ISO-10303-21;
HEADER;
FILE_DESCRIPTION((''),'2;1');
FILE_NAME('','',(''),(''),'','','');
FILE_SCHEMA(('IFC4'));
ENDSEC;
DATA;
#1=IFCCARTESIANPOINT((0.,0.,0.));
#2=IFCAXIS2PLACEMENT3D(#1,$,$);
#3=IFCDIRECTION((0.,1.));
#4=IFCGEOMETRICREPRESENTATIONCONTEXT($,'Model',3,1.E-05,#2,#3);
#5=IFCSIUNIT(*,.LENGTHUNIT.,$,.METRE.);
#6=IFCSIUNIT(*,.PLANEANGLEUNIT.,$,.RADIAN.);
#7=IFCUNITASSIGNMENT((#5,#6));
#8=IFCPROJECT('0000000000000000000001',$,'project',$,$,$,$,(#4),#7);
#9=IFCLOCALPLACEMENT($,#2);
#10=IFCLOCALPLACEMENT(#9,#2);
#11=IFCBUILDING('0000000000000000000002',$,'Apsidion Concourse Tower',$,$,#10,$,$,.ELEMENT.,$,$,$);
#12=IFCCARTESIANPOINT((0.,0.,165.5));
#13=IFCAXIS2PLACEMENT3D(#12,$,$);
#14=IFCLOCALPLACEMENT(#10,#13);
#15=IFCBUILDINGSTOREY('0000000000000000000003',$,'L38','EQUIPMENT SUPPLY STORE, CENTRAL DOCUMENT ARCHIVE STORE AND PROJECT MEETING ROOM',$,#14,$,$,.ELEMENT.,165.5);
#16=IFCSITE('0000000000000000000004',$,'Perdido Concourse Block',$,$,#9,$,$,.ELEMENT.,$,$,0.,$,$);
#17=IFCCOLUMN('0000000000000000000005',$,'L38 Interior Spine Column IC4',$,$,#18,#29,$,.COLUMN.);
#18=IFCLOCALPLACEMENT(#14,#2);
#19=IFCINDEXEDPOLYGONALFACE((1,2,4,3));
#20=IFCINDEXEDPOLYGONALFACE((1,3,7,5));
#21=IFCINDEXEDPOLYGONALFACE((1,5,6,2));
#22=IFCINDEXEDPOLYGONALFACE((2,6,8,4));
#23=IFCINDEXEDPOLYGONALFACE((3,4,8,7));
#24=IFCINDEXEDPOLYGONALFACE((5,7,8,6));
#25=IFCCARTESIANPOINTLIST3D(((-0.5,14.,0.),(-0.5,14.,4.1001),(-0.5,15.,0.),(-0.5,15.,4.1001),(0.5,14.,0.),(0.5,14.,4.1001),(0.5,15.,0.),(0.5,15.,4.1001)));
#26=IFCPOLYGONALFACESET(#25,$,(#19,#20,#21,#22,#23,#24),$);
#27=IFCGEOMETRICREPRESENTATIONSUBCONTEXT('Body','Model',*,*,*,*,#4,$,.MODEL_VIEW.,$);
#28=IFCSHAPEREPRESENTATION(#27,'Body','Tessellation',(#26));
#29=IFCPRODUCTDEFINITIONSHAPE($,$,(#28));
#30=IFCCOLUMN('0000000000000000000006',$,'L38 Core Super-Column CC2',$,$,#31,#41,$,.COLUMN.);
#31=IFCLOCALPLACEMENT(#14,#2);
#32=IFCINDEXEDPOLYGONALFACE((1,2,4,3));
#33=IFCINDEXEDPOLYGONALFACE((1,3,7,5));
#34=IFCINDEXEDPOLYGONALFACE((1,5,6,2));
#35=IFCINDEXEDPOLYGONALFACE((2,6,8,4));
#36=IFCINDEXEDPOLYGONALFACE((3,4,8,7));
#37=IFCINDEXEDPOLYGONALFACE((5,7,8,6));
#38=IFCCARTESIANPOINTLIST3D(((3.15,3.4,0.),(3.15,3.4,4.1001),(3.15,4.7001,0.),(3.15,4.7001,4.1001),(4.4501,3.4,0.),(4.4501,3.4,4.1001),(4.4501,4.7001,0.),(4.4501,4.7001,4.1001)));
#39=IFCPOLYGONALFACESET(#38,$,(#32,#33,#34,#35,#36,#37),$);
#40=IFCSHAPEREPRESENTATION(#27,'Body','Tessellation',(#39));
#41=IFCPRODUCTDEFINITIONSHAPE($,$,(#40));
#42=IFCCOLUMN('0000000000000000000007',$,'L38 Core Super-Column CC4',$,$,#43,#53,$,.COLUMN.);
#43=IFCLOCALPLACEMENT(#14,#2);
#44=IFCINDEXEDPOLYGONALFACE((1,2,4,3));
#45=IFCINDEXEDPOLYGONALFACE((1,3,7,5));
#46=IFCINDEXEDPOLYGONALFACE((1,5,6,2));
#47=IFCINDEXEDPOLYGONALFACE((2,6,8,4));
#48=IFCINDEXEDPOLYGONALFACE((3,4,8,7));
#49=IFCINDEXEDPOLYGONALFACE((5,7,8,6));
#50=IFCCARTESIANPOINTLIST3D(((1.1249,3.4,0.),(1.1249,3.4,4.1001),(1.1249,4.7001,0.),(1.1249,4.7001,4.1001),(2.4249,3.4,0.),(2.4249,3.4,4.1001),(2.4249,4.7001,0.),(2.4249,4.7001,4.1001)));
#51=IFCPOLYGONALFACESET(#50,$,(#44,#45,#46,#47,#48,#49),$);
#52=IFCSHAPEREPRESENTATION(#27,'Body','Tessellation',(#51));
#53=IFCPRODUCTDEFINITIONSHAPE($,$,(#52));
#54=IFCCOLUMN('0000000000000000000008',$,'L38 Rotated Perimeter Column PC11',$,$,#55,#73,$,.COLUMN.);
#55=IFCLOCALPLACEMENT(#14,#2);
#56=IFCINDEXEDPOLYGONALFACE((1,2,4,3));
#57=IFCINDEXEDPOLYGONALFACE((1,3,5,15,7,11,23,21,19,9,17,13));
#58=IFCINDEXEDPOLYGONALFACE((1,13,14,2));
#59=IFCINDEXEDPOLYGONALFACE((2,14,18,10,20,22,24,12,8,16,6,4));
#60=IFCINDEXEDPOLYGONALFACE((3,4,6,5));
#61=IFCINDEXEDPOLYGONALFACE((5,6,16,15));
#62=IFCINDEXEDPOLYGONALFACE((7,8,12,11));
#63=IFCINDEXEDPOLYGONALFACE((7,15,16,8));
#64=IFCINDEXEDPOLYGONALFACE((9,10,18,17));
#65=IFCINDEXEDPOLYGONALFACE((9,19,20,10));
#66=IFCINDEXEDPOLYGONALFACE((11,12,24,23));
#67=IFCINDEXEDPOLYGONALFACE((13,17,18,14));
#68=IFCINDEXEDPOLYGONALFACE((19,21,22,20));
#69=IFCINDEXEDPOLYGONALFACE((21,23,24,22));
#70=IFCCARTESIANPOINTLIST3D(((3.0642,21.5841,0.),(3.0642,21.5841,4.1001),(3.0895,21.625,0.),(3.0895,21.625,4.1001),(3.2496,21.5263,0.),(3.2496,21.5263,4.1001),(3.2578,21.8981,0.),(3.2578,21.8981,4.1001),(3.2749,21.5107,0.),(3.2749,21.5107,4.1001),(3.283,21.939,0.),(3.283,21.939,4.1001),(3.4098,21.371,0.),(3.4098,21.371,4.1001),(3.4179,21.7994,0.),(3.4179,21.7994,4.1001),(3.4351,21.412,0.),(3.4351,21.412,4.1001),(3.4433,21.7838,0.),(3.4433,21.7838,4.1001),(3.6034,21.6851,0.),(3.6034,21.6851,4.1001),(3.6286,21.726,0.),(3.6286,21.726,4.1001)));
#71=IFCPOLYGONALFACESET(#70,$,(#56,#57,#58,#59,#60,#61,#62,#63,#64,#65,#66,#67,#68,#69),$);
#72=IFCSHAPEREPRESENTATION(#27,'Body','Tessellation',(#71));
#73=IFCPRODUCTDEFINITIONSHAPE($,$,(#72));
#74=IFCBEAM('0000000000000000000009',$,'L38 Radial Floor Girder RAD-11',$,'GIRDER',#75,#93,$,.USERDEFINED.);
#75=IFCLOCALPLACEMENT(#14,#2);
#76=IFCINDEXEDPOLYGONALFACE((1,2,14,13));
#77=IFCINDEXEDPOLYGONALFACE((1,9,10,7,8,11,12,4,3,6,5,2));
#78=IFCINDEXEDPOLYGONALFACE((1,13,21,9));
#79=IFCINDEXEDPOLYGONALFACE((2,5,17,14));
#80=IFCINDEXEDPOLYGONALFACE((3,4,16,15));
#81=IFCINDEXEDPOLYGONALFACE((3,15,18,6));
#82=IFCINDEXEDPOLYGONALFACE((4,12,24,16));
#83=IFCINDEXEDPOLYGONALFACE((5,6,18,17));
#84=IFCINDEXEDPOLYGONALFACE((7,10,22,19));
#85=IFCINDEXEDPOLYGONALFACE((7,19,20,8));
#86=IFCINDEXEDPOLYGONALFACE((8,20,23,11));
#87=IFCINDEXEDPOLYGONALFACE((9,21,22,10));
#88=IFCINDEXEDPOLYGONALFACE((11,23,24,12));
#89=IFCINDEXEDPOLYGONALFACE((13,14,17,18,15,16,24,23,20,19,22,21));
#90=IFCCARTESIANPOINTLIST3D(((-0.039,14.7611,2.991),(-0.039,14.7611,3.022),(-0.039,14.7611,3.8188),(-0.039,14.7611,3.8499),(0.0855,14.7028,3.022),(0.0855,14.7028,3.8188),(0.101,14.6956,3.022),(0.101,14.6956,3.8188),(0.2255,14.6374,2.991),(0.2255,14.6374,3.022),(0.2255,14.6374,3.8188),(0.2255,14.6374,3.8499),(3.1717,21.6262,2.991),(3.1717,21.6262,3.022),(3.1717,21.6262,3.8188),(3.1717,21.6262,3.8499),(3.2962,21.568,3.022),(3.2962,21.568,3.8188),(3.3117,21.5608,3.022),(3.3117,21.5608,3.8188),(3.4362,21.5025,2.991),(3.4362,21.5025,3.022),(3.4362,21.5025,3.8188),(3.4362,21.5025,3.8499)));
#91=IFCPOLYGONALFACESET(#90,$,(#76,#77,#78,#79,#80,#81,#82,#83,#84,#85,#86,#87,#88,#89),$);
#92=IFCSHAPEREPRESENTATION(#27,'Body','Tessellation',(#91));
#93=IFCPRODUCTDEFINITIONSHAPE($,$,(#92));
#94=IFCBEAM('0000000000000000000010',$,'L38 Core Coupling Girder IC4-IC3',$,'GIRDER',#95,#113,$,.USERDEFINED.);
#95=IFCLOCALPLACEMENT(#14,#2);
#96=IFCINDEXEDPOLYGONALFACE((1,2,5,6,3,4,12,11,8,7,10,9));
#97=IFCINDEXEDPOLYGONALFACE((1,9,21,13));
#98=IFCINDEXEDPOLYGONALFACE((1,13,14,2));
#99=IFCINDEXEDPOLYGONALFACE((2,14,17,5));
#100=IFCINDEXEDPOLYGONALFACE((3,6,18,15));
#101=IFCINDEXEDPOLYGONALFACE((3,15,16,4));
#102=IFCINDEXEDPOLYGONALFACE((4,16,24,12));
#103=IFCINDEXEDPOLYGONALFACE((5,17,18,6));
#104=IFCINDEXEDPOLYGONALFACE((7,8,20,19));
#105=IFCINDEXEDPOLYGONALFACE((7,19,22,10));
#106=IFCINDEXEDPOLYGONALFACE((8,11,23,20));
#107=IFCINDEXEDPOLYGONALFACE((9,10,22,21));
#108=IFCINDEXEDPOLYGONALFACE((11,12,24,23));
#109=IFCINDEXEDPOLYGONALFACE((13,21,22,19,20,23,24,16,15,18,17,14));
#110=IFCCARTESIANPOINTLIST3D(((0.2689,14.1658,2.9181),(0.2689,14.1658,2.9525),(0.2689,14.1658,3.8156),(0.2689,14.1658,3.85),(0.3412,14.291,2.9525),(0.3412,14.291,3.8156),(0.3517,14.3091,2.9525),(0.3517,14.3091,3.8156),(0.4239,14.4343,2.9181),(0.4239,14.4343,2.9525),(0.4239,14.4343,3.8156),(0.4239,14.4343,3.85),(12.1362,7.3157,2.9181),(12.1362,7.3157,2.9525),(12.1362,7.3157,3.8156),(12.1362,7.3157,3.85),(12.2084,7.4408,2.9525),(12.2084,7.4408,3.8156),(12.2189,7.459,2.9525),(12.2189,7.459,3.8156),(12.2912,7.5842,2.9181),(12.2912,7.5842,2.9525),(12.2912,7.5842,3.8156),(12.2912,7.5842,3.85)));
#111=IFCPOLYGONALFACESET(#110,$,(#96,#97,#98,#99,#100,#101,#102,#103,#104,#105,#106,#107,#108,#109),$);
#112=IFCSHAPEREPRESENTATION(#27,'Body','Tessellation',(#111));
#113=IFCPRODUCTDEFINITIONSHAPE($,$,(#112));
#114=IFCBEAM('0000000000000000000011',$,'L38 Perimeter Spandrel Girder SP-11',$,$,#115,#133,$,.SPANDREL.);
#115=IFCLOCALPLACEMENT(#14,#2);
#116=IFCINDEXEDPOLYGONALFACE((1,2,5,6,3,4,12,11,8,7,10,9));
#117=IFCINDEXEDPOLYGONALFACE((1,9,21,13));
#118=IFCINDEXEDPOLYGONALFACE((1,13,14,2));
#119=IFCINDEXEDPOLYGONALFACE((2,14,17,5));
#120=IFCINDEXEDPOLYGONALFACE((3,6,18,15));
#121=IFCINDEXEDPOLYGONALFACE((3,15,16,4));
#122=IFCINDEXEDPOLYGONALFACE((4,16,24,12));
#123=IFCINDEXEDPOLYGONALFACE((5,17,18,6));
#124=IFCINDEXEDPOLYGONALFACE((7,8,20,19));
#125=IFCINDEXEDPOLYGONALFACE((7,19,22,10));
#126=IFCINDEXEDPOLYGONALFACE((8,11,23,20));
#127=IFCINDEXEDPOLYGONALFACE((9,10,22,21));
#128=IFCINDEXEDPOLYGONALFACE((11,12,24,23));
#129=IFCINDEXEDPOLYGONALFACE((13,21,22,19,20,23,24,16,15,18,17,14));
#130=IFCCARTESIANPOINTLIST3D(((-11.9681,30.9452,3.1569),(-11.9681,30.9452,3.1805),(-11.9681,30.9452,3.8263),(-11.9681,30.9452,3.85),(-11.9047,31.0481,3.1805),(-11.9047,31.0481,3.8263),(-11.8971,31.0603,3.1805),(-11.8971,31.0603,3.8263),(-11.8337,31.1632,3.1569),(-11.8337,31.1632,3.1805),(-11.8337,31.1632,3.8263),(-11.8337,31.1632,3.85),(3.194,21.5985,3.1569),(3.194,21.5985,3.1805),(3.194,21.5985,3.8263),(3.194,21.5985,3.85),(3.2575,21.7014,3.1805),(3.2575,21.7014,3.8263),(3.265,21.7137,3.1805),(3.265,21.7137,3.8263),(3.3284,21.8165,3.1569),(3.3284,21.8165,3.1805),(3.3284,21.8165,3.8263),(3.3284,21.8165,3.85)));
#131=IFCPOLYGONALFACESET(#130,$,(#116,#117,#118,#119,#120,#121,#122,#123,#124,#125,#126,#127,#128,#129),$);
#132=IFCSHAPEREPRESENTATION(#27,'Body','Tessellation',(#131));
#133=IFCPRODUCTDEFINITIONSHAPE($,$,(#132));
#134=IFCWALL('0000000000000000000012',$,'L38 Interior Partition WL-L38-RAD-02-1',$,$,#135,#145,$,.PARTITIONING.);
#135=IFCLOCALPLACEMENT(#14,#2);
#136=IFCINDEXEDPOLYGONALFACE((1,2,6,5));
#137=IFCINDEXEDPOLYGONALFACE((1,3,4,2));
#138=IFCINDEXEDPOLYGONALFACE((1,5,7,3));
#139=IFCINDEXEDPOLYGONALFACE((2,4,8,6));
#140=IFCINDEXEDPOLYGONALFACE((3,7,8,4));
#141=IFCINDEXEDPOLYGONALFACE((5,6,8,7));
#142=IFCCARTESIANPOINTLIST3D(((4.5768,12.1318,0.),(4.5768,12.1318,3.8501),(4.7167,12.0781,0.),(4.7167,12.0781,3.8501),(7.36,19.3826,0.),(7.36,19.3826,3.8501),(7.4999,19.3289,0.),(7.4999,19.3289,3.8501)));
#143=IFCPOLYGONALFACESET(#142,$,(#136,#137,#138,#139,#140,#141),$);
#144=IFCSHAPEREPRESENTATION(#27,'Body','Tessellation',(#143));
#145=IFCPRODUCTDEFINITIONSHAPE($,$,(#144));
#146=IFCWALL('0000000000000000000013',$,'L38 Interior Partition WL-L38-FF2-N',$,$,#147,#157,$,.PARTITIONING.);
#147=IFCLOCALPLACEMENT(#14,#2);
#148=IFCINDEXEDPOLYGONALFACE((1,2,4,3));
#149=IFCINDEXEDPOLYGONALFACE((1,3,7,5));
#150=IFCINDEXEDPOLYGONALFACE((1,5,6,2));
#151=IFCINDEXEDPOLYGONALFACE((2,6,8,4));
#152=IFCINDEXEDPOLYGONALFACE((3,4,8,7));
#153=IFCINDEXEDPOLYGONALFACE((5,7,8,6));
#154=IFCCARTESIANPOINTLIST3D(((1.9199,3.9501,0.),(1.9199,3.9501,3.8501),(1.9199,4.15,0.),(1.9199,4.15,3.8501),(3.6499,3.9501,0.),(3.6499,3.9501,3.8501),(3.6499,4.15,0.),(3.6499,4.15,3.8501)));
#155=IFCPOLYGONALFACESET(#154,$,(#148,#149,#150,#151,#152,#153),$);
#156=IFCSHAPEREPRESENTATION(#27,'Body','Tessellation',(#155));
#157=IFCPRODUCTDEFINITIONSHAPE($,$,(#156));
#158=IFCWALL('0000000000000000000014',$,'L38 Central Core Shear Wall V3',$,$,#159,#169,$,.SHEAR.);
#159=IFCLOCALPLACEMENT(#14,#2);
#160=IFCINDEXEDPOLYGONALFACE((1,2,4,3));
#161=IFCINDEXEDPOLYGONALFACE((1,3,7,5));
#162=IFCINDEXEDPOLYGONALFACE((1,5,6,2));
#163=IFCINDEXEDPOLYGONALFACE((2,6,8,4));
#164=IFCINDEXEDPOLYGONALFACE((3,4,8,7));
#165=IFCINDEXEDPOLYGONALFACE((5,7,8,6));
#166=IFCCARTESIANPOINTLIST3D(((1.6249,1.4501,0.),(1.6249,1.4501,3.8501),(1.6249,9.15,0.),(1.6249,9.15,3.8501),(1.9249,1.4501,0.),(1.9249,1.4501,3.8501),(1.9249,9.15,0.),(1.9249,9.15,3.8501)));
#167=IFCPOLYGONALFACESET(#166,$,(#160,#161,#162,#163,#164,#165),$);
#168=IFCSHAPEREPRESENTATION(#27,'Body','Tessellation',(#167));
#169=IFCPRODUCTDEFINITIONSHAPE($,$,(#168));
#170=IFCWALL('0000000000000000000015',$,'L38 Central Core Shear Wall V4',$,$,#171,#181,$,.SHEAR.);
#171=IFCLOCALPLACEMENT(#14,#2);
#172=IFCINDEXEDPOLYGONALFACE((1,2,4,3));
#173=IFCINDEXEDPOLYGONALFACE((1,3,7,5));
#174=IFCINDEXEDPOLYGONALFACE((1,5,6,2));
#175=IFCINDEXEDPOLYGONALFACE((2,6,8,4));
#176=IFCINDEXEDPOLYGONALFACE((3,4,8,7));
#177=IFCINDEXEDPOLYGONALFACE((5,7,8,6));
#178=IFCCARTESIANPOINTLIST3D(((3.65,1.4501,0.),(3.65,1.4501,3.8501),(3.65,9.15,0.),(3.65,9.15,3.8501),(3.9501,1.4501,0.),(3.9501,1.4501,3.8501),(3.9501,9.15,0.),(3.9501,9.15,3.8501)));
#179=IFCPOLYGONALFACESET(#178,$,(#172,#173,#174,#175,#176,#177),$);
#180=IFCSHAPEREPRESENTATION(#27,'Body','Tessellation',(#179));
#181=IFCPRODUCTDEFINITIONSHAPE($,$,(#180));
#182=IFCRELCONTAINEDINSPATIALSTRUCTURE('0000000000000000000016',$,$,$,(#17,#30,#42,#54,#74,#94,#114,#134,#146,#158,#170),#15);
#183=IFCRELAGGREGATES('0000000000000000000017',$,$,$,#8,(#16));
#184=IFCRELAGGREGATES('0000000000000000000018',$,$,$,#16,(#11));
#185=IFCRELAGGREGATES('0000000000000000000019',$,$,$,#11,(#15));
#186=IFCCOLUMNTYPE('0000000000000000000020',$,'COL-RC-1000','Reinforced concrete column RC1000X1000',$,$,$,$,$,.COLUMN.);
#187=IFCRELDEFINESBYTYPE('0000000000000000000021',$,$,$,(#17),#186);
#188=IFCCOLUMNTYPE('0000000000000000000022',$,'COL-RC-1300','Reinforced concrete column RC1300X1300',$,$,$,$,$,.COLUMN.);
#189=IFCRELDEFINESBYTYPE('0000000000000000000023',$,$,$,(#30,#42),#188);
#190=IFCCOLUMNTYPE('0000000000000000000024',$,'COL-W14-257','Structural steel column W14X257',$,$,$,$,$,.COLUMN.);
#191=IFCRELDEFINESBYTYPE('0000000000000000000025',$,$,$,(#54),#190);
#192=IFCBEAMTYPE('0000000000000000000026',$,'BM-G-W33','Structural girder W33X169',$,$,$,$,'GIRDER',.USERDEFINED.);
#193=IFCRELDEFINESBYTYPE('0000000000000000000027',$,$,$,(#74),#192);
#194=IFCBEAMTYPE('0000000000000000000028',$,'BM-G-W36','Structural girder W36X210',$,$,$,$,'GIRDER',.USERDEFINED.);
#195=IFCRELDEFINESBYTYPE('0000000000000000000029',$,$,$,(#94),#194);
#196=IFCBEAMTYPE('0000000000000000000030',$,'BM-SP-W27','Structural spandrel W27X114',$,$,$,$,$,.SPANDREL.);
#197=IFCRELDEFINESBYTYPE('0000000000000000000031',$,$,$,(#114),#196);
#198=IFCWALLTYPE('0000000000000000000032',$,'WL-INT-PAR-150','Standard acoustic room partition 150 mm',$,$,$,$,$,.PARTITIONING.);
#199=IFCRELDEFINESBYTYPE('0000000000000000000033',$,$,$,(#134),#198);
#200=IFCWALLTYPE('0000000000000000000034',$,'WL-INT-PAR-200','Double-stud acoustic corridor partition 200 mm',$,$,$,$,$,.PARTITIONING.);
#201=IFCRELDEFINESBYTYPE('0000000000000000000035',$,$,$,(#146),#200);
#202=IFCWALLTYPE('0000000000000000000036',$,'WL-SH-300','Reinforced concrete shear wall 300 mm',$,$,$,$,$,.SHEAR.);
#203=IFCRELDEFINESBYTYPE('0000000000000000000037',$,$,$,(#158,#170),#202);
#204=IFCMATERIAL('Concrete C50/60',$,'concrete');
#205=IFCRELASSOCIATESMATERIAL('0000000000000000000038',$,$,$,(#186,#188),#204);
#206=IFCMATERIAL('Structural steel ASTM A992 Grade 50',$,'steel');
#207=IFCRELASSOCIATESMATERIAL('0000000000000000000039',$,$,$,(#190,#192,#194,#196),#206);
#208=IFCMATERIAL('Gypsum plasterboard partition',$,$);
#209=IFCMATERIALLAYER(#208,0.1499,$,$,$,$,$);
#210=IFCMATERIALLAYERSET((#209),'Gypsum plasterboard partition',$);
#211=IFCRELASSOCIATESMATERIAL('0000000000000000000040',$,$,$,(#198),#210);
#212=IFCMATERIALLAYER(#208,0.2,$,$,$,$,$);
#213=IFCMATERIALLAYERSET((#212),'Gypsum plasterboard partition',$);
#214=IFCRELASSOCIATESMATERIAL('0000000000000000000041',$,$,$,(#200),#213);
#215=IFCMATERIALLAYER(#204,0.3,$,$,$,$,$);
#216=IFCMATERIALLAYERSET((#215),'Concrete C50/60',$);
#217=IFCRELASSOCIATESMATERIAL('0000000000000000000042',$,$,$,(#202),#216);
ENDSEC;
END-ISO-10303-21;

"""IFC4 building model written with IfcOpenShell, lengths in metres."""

from ifc_helpers import new_model, si_unit, direction, frame, frame_2d, origin, origin_2d, place, context, subcontext, project, spatial, rectangle, i_section, extrude, material, layer, layer_set, material_profile, profile_set, type_object, element, save


model = new_model("IFC4")

# Units and contexts
model_context = context("Model", 3, precision=1e-05, world=origin(), true_north=direction((0.0, 1.0)))
body_context = subcontext(model_context, "Body", "Model", "MODEL_VIEW")
ifc_project = project(units=[si_unit("LENGTHUNIT", "METRE"), si_unit("PLANEANGLEUNIT", "RADIAN")], contexts=[model_context])

# Site, building, storey
site_placement = place(None, origin())
site = spatial("IfcSite", under=ifc_project, at=site_placement, Name="Perdido Concourse Block", CompositionType="ELEMENT", RefElevation=0.0)
building_placement = place(site_placement, origin())
building = spatial("IfcBuilding", under=site, at=building_placement, Name="Apsidion Concourse Tower", CompositionType="ELEMENT")
storey_placement = place(building_placement, frame((0.0, 0.0, 165.5)))
storey = spatial("IfcBuildingStorey", under=building, at=storey_placement, Name="L38", Description="EQUIPMENT SUPPLY STORE, CENTRAL DOCUMENT ARCHIVE STORE AND PROJECT MEETING ROOM", CompositionType="ELEMENT", Elevation=165.5)

# Columns
ifc_material_1 = material(Name="Concrete C50/60", Category="concrete")
ifc_material_profile_1 = material_profile(ifc_material_1, rectangle(XDim=1.0, YDim=1.0, at=origin_2d()), Name="RC 1000x1000")
ifc_profile_set_1 = profile_set([ifc_material_profile_1], Name="Concrete C50/60")
column_type_1 = type_object("IfcColumnType", Name="COL-RC-1000", Description="Reinforced concrete column RC1000X1000", PredefinedType="COLUMN", material=ifc_profile_set_1)
column_1_placement = place(storey_placement, frame((0.0, 14.5, 0.0), z_axis=(0.0, 0.0, 1.0), x_axis=(1.0, 0.0, 0.0)))
element("IfcColumn", 1, at=column_1_placement, inside=storey, type_object=column_type_1, Name="L38 Interior Spine Column IC4", PredefinedType="COLUMN", context=body_context, shape_type="SweptSolid", body=[
    extrude(rectangle(XDim=1.0, YDim=1.0, at=origin_2d()), origin(), (0.0, 0.0, 1.0), 4.1001),
])
ifc_material_profile_2 = material_profile(ifc_material_1, rectangle(XDim=1.3, YDim=1.3, at=origin_2d()), Name="RC 1300x1300")
ifc_profile_set_2 = profile_set([ifc_material_profile_2], Name="Concrete C50/60")
column_type_2 = type_object("IfcColumnType", Name="COL-RC-1300", Description="Reinforced concrete column RC1300X1300", PredefinedType="COLUMN", material=ifc_profile_set_2)
for number, where, z_axis, x_axis, name in (
    (2, (3.8, 4.05, 0.0), (0.0, 0.0, 1.0), (1.0, 0.0, 0.0), "L38 Core Super-Column CC2"),
    (3, (1.7749, 4.05, 0.0), (0.0, 0.0, 1.0), (1.0, 0.0, 0.0), "L38 Core Super-Column CC4"),
):
    element("IfcColumn", number, at=place(storey_placement, frame(where, z_axis=z_axis, x_axis=x_axis)), inside=storey, type_object=column_type_2, Name=name, PredefinedType="COLUMN", context=body_context, shape_type="SweptSolid", body=[
        extrude(rectangle(XDim=1.3, YDim=1.3, at=origin_2d()), origin(), (0.0, 0.0, 1.0), 4.1001),
    ])
ifc_material_2 = material(Name="Structural steel ASTM A992 Grade 50", Category="steel")
ifc_material_profile_3 = material_profile(ifc_material_2, i_section(OverallWidth=0.406, OverallDepth=0.417, WebThickness=0.0298, FlangeThickness=0.0481, at=origin_2d()), Name="W14X257")
ifc_profile_set_3 = profile_set([ifc_material_profile_3], Name="Structural steel ASTM A992 Grade 50")
column_type_3 = type_object("IfcColumnType", Name="COL-W14-257", Description="Structural steel column W14X257", PredefinedType="COLUMN", material=ifc_profile_set_3)
column_2_placement = place(storey_placement, frame((3.3464, 21.655, 0.0), z_axis=(0.0, 0.0, 1.0), x_axis=(-0.851269, 0.524729, 0.0)))
element("IfcColumn", 4, at=column_2_placement, inside=storey, type_object=column_type_3, Name="L38 Rotated Perimeter Column PC11", PredefinedType="COLUMN", context=body_context, shape_type="SweptSolid", body=[
    extrude(i_section(OverallWidth=0.406, OverallDepth=0.417, WebThickness=0.0298, FlangeThickness=0.0481, at=origin_2d()), origin(), (0.0, 0.0, 1.0), 4.1001),
])

# Beams
ifc_material_profile_4 = material_profile(ifc_material_2, i_section(OverallWidth=0.292, OverallDepth=0.8589, WebThickness=0.0171, FlangeThickness=0.031, at=origin_2d()), Name="W33X169")
ifc_profile_set_4 = profile_set([ifc_material_profile_4], Name="Structural steel ASTM A992 Grade 50")
beam_type_1 = type_object("IfcBeamType", Name="BM-G-W33", Description="Structural girder W33X169", ElementType="GIRDER", PredefinedType="USERDEFINED", material=ifc_profile_set_4)
beam_1_placement = place(storey_placement, frame((0.0933, 14.6992, 3.4204), z_axis=(0.423635, 0.905833, 0.0), x_axis=(-0.905833, 0.423635, 0.0)))
element("IfcBeam", 5, at=beam_1_placement, inside=storey, type_object=beam_type_1, Name="L38 Radial Floor Girder RAD-11", ObjectType="GIRDER", PredefinedType="USERDEFINED", context=body_context, shape_type="SweptSolid", body=[
    extrude(i_section(OverallWidth=0.292, OverallDepth=0.8589, WebThickness=0.0171, FlangeThickness=0.031, at=origin_2d()), origin(), (0.0, 0.0, 1.0), 7.5789),
])
ifc_material_profile_5 = material_profile(ifc_material_2, i_section(OverallWidth=0.3101, OverallDepth=0.9319, WebThickness=0.021, FlangeThickness=0.0344, at=origin_2d()), Name="W36X210")
ifc_profile_set_5 = profile_set([ifc_material_profile_5], Name="Structural steel ASTM A992 Grade 50")
beam_type_2 = type_object("IfcBeamType", Name="BM-G-W36", Description="Structural girder W36X210", ElementType="GIRDER", PredefinedType="USERDEFINED", material=ifc_profile_set_5)
beam_2_placement = place(storey_placement, frame((0.3464, 14.3, 3.384), z_axis=(0.86607, -0.499922, 0.0), x_axis=(0.499922, 0.86607, 0.0)))
element("IfcBeam", 6, at=beam_2_placement, inside=storey, type_object=beam_type_2, Name="L38 Core Coupling Girder IC4-IC3", ObjectType="GIRDER", PredefinedType="USERDEFINED", context=body_context, shape_type="SweptSolid", body=[
    extrude(i_section(OverallWidth=0.3101, OverallDepth=0.9319, WebThickness=0.021, FlangeThickness=0.0344, at=origin_2d()), origin(), (0.0, 0.0, 1.0), 13.7024),
])
ifc_material_profile_6 = material_profile(ifc_material_2, i_section(OverallWidth=0.2561, OverallDepth=0.6931, WebThickness=0.0144, FlangeThickness=0.0237, at=origin_2d()), Name="W27X114")
ifc_profile_set_6 = profile_set([ifc_material_profile_6], Name="Structural steel ASTM A992 Grade 50")
beam_type_3 = type_object("IfcBeamType", Name="BM-SP-W27", Description="Structural spandrel W27X114", PredefinedType="SPANDREL", material=ifc_profile_set_6)
beam_3_placement = place(storey_placement, frame((3.2612, 21.7075, 3.5034), z_axis=(-0.851253, 0.524755, 0.0), x_axis=(-0.524755, -0.851253, 0.0)))
element("IfcBeam", 7, at=beam_3_placement, inside=storey, type_object=beam_type_3, Name="L38 Perimeter Spandrel Girder SP-11", PredefinedType="SPANDREL", context=body_context, shape_type="SweptSolid", body=[
    extrude(i_section(OverallWidth=0.2561, OverallDepth=0.6931, WebThickness=0.0144, FlangeThickness=0.0237, at=origin_2d()), origin(), (0.0, 0.0, 1.0), 17.8115),
])

# Walls
ifc_material_3 = material(Name="Gypsum plasterboard partition")
ifc_layer_1 = layer(ifc_material_3, 0.1499)
ifc_layer_set_1 = layer_set([ifc_layer_1], Name="Gypsum plasterboard partition")
wall_type_1 = type_object("IfcWallType", Name="WL-INT-PAR-150", Description="Standard acoustic room partition 150 mm", PredefinedType="PARTITIONING", material=ifc_layer_set_1)
wall_1_placement = place(storey_placement, frame((4.6467, 12.105, 0.0), z_axis=(0.0, 0.0, 1.0), x_axis=(0.358358, 0.933584, 0.0)))
element("IfcWall", 8, at=wall_1_placement, inside=storey, type_object=wall_type_1, Name="L38 Interior Partition WL-L38-RAD-02-1", PredefinedType="PARTITIONING", context=body_context, shape_type="SweptSolid", body=[
    extrude(rectangle(XDim=7.7666, YDim=0.1499, at=frame_2d((3.8833, 0.0))), origin(), (0.0, 0.0, 1.0), 3.8501),
])
ifc_layer_2 = layer(ifc_material_3, 0.2)
ifc_layer_set_2 = layer_set([ifc_layer_2], Name="Gypsum plasterboard partition")
wall_type_2 = type_object("IfcWallType", Name="WL-INT-PAR-200", Description="Double-stud acoustic corridor partition 200 mm", PredefinedType="PARTITIONING", material=ifc_layer_set_2)
wall_2_placement = place(storey_placement, frame((1.9199, 4.05, 0.0), z_axis=(0.0, 0.0, 1.0), x_axis=(1.0, 0.0, 0.0)))
element("IfcWall", 9, at=wall_2_placement, inside=storey, type_object=wall_type_2, Name="L38 Interior Partition WL-L38-FF2-N", PredefinedType="PARTITIONING", context=body_context, shape_type="SweptSolid", body=[
    extrude(rectangle(XDim=1.73, YDim=0.2, at=frame_2d((0.865, 0.0))), origin(), (0.0, 0.0, 1.0), 3.8501),
])
ifc_layer_3 = layer(ifc_material_1, 0.3)
ifc_layer_set_3 = layer_set([ifc_layer_3], Name="Concrete C50/60")
wall_type_3 = type_object("IfcWallType", Name="WL-SH-300", Description="Reinforced concrete shear wall 300 mm", PredefinedType="SHEAR", material=ifc_layer_set_3)
for number, where, z_axis, x_axis, name in (
    (10, (1.7749, 1.45, 0.0), (0.0, 0.0, 1.0), (0.0, 1.0, 0.0), "L38 Central Core Shear Wall V3"),
    (11, (3.8, 1.45, 0.0), (0.0, 0.0, 1.0), (0.0, 1.0, 0.0), "L38 Central Core Shear Wall V4"),
):
    element("IfcWall", number, at=place(storey_placement, frame(where, z_axis=z_axis, x_axis=x_axis)), inside=storey, type_object=wall_type_3, Name=name, PredefinedType="SHEAR", context=body_context, shape_type="SweptSolid", body=[
        extrude(rectangle(XDim=7.7, YDim=0.3, at=frame_2d((3.8501, 0.0))), origin(), (0.0, 0.0, 1.0), 3.8501),
    ])

save(model, "model.ifc")
